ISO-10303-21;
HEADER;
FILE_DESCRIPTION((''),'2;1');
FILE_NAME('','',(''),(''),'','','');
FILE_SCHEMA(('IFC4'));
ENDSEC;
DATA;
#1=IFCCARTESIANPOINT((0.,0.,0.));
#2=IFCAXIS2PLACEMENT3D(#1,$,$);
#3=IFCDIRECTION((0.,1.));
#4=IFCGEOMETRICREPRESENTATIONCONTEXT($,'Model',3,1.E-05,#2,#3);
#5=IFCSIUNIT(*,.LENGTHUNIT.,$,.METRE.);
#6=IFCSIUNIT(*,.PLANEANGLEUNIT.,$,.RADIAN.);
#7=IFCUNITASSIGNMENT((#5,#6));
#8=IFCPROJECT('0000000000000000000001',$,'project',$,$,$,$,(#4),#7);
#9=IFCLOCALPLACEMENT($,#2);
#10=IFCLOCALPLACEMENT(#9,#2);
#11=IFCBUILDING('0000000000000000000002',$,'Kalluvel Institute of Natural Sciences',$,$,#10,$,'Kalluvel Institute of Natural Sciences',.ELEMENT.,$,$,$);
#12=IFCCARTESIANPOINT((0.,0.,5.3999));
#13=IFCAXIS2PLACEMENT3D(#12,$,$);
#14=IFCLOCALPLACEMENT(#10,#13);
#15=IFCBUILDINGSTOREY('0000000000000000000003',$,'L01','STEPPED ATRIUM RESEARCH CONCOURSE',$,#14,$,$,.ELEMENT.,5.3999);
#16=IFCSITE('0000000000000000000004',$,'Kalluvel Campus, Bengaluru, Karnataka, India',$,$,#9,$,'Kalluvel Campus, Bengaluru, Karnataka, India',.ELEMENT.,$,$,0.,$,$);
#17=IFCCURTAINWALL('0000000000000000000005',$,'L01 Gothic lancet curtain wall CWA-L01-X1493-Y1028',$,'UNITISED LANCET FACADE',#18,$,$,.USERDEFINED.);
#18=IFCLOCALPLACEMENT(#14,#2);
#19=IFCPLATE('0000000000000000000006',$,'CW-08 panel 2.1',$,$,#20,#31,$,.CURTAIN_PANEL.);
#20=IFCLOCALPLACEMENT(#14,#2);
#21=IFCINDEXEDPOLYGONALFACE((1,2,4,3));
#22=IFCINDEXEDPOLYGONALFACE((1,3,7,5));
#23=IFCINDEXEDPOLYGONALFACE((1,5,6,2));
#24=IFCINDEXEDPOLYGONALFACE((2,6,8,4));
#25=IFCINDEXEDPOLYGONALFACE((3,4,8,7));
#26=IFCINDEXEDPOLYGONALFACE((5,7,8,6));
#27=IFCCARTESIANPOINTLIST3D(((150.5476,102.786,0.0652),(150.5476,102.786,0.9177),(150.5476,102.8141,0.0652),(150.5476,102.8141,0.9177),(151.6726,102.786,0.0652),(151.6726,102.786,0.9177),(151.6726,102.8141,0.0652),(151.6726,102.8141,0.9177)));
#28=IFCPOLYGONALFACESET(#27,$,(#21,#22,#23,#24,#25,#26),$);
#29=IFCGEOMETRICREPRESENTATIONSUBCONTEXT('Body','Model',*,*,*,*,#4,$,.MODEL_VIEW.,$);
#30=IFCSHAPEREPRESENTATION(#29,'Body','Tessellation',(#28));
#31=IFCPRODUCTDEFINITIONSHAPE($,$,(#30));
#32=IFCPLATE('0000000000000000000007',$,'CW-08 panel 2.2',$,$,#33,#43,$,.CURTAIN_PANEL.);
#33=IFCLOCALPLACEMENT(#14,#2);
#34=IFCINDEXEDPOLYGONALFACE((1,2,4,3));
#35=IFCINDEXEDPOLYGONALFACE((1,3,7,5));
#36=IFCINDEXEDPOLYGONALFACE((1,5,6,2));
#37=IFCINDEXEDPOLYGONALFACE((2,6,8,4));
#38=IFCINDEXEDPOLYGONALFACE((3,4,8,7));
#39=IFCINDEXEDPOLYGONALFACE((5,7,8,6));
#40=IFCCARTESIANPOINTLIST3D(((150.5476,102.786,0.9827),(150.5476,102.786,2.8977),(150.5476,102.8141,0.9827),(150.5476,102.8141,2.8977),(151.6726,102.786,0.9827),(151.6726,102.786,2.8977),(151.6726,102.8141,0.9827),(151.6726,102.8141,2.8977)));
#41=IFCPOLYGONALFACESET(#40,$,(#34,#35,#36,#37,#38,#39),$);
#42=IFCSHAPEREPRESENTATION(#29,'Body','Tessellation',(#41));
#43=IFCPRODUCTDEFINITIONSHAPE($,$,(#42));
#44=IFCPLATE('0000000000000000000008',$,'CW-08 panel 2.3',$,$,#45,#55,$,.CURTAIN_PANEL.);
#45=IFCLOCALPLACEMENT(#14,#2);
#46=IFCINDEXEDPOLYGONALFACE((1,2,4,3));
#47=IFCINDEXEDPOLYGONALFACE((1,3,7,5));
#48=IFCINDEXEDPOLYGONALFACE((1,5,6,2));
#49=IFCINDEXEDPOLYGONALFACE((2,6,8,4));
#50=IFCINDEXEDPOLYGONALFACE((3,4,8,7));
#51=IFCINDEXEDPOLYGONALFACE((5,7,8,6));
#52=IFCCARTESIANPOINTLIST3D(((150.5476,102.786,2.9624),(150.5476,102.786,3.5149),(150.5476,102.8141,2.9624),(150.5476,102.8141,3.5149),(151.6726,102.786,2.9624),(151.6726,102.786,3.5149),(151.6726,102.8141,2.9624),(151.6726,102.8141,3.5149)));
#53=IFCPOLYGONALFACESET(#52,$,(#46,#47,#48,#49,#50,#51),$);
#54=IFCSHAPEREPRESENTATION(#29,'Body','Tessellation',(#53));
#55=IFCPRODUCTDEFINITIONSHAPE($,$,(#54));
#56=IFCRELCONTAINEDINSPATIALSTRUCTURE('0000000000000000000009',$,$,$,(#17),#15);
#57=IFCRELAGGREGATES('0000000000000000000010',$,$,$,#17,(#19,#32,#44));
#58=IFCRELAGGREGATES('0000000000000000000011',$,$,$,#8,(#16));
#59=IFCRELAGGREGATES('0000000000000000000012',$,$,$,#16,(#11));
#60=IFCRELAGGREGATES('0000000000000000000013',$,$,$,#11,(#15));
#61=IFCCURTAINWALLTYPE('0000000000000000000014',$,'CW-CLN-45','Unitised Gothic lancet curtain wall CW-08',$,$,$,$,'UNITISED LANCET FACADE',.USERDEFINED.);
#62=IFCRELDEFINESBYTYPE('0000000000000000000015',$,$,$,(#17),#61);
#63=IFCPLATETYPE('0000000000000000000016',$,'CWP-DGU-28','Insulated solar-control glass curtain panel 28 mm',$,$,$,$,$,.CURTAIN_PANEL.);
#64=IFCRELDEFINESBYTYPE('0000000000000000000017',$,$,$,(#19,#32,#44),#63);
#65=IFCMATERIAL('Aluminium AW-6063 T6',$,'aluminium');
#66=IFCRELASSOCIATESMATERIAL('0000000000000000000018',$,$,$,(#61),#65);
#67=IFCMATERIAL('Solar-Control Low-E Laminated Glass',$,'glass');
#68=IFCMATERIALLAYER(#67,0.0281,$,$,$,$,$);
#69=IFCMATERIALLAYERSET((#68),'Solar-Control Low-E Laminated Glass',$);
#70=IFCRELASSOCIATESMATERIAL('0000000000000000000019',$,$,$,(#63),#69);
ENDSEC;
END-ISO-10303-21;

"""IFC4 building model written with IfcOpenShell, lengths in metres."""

from ifc_helpers import new_model, si_unit, direction, frame, origin, origin_2d, place, context, subcontext, project, spatial, rectangle, extrude, material, layer, layer_set, type_object, element, aggregate, save


model = new_model("IFC4")

# Units and contexts
model_context = context("Model", 3, precision=1e-05, world=origin(), true_north=direction((0.0, 1.0)))
body_context = subcontext(model_context, "Body", "Model", "MODEL_VIEW")
ifc_project = project(units=[si_unit("LENGTHUNIT", "METRE"), si_unit("PLANEANGLEUNIT", "RADIAN")], contexts=[model_context])

# Site, building, storey
site_placement = place(None, origin())
site = spatial("IfcSite", under=ifc_project, at=site_placement, Name="Kalluvel Campus, Bengaluru, Karnataka, India", LongName="Kalluvel Campus, Bengaluru, Karnataka, India", CompositionType="ELEMENT", RefElevation=0.0)
building_placement = place(site_placement, origin())
building = spatial("IfcBuilding", under=site, at=building_placement, Name="Kalluvel Institute of Natural Sciences", LongName="Kalluvel Institute of Natural Sciences", CompositionType="ELEMENT")
storey_placement = place(building_placement, frame((0.0, 0.0, 5.3999)))
storey = spatial("IfcBuildingStorey", under=building, at=storey_placement, Name="L01", Description="STEPPED ATRIUM RESEARCH CONCOURSE", CompositionType="ELEMENT", Elevation=5.3999)

# Shared definitions
ifc_material_1 = material(Name="Aluminium AW-6063 T6", Category="aluminium")
curtain_wall_type = type_object("IfcCurtainWallType", Name="CW-CLN-45", Description="Unitised Gothic lancet curtain wall CW-08", ElementType="UNITISED LANCET FACADE", PredefinedType="USERDEFINED", material=ifc_material_1)

# Curtain wall
curtain_wall_1_placement = place(storey_placement, origin())
curtain_wall_1 = element("IfcCurtainWall", 1, at=curtain_wall_1_placement, inside=storey, type_object=curtain_wall_type, Name="L01 Gothic lancet curtain wall CWA-L01-X1493-Y1028", ObjectType="UNITISED LANCET FACADE", PredefinedType="USERDEFINED")

# Plates
ifc_material_2 = material(Name="Solar-Control Low-E Laminated Glass", Category="glass")
ifc_layer = layer(ifc_material_2, 0.0281)
ifc_layer_set = layer_set([ifc_layer], Name="Solar-Control Low-E Laminated Glass")
plate_type = type_object("IfcPlateType", Name="CWP-DGU-28", Description="Insulated solar-control glass curtain panel 28 mm", PredefinedType="CURTAIN_PANEL", material=ifc_layer_set)
plate_1_placement = place(storey_placement, frame((151.1101, 102.8, 0.0652), z_axis=(0.0, 0.0, 1.0), x_axis=(1.0, 0.0, 0.0)))
plate_1 = element("IfcPlate", 2, at=plate_1_placement, type_object=plate_type, Name="CW-08 panel 2.1", PredefinedType="CURTAIN_PANEL", context=body_context, shape_type="SweptSolid", body=[
    extrude(rectangle(XDim=1.125, YDim=0.0281, at=origin_2d()), origin(), (0.0, 0.0, 1.0), 0.8525),
])
plate_2_placement = place(storey_placement, frame((151.1101, 102.8, 0.9827), z_axis=(0.0, 0.0, 1.0), x_axis=(1.0, 0.0, 0.0)))
plate_2 = element("IfcPlate", 3, at=plate_2_placement, type_object=plate_type, Name="CW-08 panel 2.2", PredefinedType="CURTAIN_PANEL", context=body_context, shape_type="SweptSolid", body=[
    extrude(rectangle(XDim=1.125, YDim=0.0281, at=origin_2d()), origin(), (0.0, 0.0, 1.0), 1.915),
])
plate_3_placement = place(storey_placement, frame((151.1101, 102.8, 2.9624), z_axis=(0.0, 0.0, 1.0), x_axis=(1.0, 0.0, 0.0)))
plate_3 = element("IfcPlate", 4, at=plate_3_placement, type_object=plate_type, Name="CW-08 panel 2.3", PredefinedType="CURTAIN_PANEL", context=body_context, shape_type="SweptSolid", body=[
    extrude(rectangle(XDim=1.125, YDim=0.0281, at=origin_2d()), origin(), (0.0, 0.0, 1.0), 0.5525),
])
aggregate(curtain_wall_1, [plate_1, plate_2, plate_3])

save(model, "model.ifc")
